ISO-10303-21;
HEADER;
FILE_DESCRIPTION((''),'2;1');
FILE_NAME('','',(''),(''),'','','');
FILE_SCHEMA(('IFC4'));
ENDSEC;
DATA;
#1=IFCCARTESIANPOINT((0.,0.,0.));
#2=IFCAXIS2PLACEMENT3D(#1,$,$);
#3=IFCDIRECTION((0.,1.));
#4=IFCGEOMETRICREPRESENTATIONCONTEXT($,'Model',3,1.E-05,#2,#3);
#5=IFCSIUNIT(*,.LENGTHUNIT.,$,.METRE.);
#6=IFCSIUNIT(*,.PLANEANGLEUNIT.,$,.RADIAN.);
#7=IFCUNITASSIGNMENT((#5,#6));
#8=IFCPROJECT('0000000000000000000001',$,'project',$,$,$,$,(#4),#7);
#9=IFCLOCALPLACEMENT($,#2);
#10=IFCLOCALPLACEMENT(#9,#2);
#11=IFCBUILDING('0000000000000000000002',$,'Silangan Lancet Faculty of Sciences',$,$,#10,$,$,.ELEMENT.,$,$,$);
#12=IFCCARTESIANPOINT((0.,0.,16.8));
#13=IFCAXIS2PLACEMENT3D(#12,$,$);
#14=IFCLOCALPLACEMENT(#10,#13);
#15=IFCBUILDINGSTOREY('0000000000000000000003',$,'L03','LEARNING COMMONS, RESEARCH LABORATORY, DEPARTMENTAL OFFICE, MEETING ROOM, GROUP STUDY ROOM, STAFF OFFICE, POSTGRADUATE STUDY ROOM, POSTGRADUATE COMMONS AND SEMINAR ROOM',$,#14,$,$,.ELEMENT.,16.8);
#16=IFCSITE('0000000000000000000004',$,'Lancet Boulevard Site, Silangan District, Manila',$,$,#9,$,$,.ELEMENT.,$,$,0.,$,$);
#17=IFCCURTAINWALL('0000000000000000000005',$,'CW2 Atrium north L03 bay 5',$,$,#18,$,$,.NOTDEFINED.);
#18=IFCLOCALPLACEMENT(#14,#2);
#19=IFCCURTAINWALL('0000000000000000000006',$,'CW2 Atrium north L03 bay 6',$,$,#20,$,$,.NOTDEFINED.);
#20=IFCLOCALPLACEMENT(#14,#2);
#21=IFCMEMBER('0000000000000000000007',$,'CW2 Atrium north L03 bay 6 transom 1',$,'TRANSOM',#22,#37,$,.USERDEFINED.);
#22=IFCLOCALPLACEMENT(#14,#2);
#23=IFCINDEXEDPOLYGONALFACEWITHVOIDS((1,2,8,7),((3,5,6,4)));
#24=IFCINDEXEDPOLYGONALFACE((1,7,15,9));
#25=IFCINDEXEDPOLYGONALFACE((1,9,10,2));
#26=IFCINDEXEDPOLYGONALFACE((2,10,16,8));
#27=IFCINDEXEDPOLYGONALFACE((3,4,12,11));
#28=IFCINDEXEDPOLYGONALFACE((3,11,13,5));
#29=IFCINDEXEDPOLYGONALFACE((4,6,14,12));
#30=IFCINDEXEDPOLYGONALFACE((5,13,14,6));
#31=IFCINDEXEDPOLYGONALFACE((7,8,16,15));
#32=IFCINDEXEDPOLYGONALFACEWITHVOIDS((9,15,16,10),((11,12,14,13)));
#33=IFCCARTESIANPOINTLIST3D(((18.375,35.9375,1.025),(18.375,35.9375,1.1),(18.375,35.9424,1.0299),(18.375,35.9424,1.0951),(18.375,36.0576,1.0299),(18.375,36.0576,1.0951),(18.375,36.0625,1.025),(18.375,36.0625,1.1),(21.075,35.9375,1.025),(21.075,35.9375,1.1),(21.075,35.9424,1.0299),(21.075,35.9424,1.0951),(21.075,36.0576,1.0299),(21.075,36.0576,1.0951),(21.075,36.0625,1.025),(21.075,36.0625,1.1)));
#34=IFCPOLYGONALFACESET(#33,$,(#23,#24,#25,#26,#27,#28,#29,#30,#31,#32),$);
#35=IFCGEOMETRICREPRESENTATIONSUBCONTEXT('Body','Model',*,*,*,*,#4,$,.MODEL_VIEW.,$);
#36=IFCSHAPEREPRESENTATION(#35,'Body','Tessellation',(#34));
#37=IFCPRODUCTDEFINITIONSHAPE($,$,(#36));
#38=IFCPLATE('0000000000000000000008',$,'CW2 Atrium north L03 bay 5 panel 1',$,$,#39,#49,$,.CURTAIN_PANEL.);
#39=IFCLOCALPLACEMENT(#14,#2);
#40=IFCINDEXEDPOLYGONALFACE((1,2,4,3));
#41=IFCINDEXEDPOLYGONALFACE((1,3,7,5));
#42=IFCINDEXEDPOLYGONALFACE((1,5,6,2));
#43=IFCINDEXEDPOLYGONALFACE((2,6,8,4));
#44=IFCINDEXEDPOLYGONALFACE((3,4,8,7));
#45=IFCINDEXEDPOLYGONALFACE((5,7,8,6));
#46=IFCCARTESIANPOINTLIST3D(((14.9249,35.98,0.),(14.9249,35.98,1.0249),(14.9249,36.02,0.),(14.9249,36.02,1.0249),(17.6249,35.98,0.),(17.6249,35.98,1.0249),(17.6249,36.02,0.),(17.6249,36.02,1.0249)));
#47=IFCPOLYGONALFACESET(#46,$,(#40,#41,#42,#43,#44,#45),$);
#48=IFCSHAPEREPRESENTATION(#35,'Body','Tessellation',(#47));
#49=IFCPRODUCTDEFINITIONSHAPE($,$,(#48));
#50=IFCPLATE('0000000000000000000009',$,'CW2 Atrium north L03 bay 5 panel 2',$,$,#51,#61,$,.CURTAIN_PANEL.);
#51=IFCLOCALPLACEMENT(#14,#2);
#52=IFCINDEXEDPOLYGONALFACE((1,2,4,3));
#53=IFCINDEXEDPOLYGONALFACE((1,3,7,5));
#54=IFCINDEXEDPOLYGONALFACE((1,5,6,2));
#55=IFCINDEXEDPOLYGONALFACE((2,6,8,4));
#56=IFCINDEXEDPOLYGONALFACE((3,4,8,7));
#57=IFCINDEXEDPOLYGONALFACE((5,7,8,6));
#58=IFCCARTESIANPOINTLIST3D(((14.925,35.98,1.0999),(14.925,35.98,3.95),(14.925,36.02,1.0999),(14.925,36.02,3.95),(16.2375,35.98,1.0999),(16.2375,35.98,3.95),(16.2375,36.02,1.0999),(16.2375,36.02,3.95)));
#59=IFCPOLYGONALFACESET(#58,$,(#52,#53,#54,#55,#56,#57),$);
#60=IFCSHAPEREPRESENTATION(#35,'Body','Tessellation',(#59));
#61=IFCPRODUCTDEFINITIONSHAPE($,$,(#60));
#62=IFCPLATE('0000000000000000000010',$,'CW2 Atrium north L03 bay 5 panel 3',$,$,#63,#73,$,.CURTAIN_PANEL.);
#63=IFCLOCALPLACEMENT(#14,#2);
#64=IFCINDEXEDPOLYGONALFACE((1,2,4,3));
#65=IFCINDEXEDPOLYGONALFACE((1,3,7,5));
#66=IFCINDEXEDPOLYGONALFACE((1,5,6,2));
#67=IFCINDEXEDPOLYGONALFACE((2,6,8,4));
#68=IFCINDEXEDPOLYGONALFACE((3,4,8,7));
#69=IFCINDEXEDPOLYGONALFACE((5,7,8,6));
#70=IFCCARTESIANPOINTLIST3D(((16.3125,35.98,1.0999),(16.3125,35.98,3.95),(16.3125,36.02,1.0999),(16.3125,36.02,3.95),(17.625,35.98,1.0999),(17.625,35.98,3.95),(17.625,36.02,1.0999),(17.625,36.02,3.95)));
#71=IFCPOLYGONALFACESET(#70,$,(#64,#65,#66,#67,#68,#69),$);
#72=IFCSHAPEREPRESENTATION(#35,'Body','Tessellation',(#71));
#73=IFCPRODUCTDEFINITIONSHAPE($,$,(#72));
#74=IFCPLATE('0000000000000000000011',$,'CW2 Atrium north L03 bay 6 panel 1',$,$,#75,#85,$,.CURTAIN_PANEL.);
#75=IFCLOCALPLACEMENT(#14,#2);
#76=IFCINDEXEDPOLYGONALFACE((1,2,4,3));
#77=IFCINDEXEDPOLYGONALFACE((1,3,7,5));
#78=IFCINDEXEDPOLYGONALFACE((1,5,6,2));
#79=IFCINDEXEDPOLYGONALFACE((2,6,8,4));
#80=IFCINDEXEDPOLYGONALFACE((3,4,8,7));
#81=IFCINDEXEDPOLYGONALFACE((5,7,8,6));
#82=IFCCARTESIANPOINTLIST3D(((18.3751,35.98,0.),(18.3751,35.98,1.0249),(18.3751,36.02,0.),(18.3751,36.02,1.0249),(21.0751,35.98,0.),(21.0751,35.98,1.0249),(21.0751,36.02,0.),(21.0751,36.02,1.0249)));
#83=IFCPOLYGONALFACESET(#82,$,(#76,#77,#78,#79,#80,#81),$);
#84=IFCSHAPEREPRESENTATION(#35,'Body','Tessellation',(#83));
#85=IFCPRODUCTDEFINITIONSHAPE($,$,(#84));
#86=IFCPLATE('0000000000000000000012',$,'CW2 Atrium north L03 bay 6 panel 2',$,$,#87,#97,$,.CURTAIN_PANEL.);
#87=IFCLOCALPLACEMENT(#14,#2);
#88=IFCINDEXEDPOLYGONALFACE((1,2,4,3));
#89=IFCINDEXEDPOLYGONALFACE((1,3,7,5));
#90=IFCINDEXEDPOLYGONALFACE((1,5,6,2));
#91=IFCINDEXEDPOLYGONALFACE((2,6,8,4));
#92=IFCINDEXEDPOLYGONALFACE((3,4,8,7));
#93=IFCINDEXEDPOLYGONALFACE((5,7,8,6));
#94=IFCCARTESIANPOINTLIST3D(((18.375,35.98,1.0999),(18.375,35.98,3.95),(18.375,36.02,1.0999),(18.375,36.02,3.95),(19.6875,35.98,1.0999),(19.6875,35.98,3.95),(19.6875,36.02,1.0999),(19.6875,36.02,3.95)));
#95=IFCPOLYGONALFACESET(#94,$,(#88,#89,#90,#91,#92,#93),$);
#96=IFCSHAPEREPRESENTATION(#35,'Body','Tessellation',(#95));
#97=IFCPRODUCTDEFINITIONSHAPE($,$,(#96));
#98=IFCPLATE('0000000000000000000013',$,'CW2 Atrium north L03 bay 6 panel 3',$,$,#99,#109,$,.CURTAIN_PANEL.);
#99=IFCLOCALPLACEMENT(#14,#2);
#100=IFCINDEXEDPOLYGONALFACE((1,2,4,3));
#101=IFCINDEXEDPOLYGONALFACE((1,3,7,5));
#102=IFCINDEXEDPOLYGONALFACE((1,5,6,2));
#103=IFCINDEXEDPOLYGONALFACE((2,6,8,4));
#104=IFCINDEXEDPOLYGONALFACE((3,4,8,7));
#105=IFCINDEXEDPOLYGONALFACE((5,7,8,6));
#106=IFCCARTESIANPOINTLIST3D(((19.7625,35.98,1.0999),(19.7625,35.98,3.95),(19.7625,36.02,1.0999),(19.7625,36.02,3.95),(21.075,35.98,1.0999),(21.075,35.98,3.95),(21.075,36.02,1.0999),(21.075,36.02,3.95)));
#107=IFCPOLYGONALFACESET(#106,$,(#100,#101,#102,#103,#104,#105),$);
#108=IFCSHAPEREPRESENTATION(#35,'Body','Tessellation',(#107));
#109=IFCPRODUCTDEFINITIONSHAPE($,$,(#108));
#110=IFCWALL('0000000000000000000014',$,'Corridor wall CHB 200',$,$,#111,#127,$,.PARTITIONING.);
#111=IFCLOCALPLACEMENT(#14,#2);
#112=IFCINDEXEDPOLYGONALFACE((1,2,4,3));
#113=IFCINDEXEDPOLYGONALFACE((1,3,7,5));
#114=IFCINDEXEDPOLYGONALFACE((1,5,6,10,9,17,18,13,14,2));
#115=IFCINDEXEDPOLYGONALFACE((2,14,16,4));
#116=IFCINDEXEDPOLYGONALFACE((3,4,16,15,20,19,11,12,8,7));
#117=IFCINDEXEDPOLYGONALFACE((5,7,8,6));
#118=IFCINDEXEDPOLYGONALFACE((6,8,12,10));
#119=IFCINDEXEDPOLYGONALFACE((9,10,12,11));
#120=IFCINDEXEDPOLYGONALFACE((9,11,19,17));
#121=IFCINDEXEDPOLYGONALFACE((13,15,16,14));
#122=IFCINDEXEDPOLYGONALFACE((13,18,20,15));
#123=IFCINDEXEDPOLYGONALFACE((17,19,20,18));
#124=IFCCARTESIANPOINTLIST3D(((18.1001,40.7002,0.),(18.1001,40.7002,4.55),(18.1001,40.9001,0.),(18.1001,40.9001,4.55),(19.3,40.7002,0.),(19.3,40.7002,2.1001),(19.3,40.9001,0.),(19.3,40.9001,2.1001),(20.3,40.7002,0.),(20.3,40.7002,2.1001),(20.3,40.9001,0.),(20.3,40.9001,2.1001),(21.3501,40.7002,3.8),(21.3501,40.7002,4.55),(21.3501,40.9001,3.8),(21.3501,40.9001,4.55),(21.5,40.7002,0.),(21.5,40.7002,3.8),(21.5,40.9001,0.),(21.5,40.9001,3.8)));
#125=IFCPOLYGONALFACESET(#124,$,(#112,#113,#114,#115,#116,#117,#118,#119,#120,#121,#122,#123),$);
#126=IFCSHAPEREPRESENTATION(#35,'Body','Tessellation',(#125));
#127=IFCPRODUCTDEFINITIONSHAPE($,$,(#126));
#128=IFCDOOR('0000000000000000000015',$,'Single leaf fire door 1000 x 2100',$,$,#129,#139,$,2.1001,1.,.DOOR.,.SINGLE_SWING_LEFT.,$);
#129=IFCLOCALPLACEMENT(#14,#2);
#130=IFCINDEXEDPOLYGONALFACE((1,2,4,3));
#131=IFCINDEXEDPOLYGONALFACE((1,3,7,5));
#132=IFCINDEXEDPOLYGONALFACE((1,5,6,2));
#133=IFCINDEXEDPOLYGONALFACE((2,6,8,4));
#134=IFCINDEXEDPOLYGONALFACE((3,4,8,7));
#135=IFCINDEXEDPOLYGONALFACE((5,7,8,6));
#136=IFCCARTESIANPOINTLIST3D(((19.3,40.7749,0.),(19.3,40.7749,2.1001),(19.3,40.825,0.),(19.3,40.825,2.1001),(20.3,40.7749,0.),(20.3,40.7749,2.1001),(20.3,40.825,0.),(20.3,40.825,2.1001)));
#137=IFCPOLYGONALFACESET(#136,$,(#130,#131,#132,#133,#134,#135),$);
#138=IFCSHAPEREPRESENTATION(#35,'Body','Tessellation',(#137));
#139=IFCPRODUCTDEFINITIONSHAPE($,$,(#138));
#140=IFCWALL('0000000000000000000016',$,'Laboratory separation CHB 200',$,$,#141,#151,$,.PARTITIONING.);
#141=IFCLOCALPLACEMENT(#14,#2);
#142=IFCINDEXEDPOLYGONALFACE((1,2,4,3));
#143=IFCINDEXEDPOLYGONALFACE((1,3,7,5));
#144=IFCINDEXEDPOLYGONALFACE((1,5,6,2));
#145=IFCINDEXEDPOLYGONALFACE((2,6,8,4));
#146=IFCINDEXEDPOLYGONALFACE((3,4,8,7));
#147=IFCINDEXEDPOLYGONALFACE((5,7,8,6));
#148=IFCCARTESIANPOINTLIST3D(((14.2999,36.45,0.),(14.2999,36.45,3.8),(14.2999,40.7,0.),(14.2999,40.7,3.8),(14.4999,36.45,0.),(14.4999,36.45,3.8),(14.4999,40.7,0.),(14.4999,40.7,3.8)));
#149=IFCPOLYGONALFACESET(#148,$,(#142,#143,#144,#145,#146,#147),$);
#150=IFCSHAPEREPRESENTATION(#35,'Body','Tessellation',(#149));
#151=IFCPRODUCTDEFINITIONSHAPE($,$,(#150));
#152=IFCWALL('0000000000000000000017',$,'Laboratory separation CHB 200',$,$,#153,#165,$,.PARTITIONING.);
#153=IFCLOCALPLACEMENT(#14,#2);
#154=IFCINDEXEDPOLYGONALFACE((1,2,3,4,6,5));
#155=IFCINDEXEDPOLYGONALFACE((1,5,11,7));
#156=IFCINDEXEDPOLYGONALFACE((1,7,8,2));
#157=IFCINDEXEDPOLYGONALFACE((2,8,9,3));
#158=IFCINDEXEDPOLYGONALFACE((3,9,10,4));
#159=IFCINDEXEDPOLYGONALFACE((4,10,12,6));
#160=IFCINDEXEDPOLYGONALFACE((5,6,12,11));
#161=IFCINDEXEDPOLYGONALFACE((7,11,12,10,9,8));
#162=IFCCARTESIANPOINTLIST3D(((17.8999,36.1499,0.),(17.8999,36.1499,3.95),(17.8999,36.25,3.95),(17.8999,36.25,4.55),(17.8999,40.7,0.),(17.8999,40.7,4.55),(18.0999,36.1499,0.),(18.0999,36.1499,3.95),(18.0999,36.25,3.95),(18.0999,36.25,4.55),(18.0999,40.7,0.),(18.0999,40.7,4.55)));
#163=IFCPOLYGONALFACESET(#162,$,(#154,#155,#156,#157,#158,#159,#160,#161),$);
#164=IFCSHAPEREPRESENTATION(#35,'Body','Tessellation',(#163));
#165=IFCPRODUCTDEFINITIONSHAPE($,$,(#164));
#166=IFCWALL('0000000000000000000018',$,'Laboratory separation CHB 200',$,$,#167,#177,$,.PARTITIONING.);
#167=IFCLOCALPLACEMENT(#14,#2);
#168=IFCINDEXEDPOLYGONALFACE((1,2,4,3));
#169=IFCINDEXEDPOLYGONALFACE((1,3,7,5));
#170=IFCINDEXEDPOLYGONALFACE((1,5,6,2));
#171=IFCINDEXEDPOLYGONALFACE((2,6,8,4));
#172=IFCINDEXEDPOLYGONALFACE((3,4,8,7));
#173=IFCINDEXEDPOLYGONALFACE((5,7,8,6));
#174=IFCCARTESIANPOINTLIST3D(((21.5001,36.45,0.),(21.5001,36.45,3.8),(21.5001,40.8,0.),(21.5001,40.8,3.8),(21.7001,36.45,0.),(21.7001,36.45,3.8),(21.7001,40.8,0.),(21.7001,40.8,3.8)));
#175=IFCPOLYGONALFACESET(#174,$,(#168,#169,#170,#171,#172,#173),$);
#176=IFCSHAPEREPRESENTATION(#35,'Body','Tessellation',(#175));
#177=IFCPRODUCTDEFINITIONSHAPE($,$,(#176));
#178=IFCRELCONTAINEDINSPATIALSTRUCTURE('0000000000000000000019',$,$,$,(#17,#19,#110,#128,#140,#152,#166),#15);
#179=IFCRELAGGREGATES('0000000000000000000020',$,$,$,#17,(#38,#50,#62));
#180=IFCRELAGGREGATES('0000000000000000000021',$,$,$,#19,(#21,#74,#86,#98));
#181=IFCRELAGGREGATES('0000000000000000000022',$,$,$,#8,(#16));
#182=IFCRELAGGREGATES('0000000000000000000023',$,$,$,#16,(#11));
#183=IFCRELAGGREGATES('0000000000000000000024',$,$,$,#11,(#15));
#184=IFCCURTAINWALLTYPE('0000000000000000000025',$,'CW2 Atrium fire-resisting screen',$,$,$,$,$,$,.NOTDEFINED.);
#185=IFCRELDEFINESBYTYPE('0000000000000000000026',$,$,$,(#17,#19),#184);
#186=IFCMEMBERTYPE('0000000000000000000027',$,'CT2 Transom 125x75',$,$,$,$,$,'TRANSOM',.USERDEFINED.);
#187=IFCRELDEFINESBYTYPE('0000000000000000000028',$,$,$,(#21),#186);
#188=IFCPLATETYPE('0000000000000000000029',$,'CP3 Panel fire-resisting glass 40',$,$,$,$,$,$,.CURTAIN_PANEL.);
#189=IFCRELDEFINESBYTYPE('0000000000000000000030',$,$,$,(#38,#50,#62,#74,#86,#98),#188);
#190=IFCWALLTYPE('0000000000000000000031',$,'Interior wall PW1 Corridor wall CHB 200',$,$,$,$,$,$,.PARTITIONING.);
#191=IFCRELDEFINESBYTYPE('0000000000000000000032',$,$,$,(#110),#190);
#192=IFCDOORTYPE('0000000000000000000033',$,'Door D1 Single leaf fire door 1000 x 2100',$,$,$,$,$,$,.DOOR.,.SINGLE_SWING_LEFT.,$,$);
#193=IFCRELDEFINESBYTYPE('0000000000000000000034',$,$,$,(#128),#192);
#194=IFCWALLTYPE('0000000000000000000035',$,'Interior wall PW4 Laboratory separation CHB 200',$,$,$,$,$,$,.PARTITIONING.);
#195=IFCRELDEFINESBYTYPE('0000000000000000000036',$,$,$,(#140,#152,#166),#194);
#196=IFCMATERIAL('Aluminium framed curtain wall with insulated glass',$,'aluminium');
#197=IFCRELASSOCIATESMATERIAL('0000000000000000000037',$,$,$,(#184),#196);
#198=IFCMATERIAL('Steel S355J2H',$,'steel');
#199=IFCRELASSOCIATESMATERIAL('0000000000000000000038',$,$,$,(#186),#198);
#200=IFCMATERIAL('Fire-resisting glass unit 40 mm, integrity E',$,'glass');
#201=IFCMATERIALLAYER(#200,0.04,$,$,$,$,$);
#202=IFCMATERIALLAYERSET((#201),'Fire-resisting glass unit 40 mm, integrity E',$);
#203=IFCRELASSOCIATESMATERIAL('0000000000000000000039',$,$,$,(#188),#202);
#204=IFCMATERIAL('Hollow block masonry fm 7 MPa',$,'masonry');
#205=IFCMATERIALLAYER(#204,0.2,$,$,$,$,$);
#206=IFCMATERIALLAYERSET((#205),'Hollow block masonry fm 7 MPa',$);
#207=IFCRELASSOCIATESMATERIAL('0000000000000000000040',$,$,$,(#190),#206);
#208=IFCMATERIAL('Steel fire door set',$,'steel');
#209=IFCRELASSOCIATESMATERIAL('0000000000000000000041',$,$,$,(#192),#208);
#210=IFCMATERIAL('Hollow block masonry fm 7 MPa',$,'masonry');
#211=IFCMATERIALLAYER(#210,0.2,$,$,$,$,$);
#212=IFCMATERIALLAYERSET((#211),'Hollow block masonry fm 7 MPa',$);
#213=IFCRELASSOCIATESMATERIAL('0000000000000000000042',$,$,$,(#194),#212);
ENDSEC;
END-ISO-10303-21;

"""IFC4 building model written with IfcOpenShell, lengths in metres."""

from ifc_helpers import new_model, si_unit, direction, frame, frame_2d, origin, origin_2d, place, context, subcontext, project, spatial, polyline, rectangle, hollow_rectangle, outline, extrude, material, layer, layer_set, material_profile, profile_set, type_object, element, fill, aggregate, save


model = new_model("IFC4")

# Units and contexts
model_context = context("Model", 3, precision=1e-05, world=origin(), true_north=direction((0.0, 1.0)))
body_context = subcontext(model_context, "Body", "Model", "MODEL_VIEW")
ifc_project = project(units=[si_unit("LENGTHUNIT", "METRE"), si_unit("PLANEANGLEUNIT", "RADIAN")], contexts=[model_context])

# Site, building, storey
site_placement = place(None, origin())
site = spatial("IfcSite", under=ifc_project, at=site_placement, Name="Lancet Boulevard Site, Silangan District, Manila", CompositionType="ELEMENT", RefElevation=0.0)
building_placement = place(site_placement, origin())
building = spatial("IfcBuilding", under=site, at=building_placement, Name="Silangan Lancet Faculty of Sciences", CompositionType="ELEMENT")
storey_placement = place(building_placement, frame((0.0, 0.0, 16.8)))
storey = spatial("IfcBuildingStorey", under=building, at=storey_placement, Name="L03", Description="LEARNING COMMONS, RESEARCH LABORATORY, DEPARTMENTAL OFFICE, MEETING ROOM, GROUP STUDY ROOM, STAFF OFFICE, POSTGRADUATE STUDY ROOM, POSTGRADUATE COMMONS AND SEMINAR ROOM", CompositionType="ELEMENT", Elevation=16.8)

# Curtain walls
ifc_material_1 = material(Name="Aluminium framed curtain wall with insulated glass", Category="aluminium")
curtain_wall_type = type_object("IfcCurtainWallType", Name="CW2 Atrium fire-resisting screen", PredefinedType="NOTDEFINED", material=ifc_material_1)
curtain_wall_1_placement = place(storey_placement, origin())
curtain_wall_1 = element("IfcCurtainWall", 1, at=curtain_wall_1_placement, inside=storey, type_object=curtain_wall_type, Name="CW2 Atrium north L03 bay 5", PredefinedType="NOTDEFINED")
curtain_wall_2_placement = place(storey_placement, origin())
curtain_wall_2 = element("IfcCurtainWall", 2, at=curtain_wall_2_placement, inside=storey, type_object=curtain_wall_type, Name="CW2 Atrium north L03 bay 6", PredefinedType="NOTDEFINED")

# Member
ifc_material_2 = material(Name="Steel S355J2H", Category="steel")
ifc_material_profile_1 = material_profile(ifc_material_2, hollow_rectangle(XDim=0.125, YDim=0.075, WallThickness=0.0049, at=origin_2d()), Name="ST BOX 125x75x5")
ifc_profile_set_1 = profile_set([ifc_material_profile_1], Name="Steel S355J2H")
member_type_1 = type_object("IfcMemberType", Name="CT2 Transom 125x75", ElementType="TRANSOM", PredefinedType="USERDEFINED", material=ifc_profile_set_1)
member_1_placement = place(storey_placement, frame((18.375, 36.0, 1.0625), z_axis=(1.0, 0.0, 0.0), x_axis=(0.0, 1.0, 0.0)))
member_1 = element("IfcMember", 3, at=member_1_placement, type_object=member_type_1, Name="CW2 Atrium north L03 bay 6 transom 1", ObjectType="TRANSOM", PredefinedType="USERDEFINED", context=body_context, shape_type="SweptSolid", body=[
    extrude(hollow_rectangle(XDim=0.125, YDim=0.075, WallThickness=0.0049, at=origin_2d()), origin(), (0.0, 0.0, 1.0), 2.7),
])

# Plates
ifc_material_3 = material(Name="Fire-resisting glass unit 40 mm, integrity E", Category="glass")
ifc_layer_1 = layer(ifc_material_3, 0.04)
ifc_layer_set_1 = layer_set([ifc_layer_1], Name="Fire-resisting glass unit 40 mm, integrity E")
plate_type = type_object("IfcPlateType", Name="CP3 Panel fire-resisting glass 40", PredefinedType="CURTAIN_PANEL", material=ifc_layer_set_1)
plate_1_placement = place(storey_placement, frame((16.2749, 36.0, 0.0), z_axis=(0.0, 0.0, 1.0), x_axis=(1.0, 0.0, 0.0)))
plate_1 = element("IfcPlate", 4, at=plate_1_placement, type_object=plate_type, Name="CW2 Atrium north L03 bay 5 panel 1", PredefinedType="CURTAIN_PANEL", context=body_context, shape_type="SweptSolid", body=[
    extrude(rectangle(XDim=2.7, YDim=0.04, at=origin_2d()), origin(), (0.0, 0.0, 1.0), 1.0249),
])
plate_2_placement = place(storey_placement, frame((15.5813, 36.0, 1.0999), z_axis=(0.0, 0.0, 1.0), x_axis=(1.0, 0.0, 0.0)))
plate_2 = element("IfcPlate", 5, at=plate_2_placement, type_object=plate_type, Name="CW2 Atrium north L03 bay 5 panel 2", PredefinedType="CURTAIN_PANEL", context=body_context, shape_type="SweptSolid", body=[
    extrude(rectangle(XDim=1.3125, YDim=0.04, at=origin_2d()), origin(), (0.0, 0.0, 1.0), 2.8501),
])
plate_3_placement = place(storey_placement, frame((16.9688, 36.0, 1.0999), z_axis=(0.0, 0.0, 1.0), x_axis=(1.0, 0.0, 0.0)))
plate_3 = element("IfcPlate", 6, at=plate_3_placement, type_object=plate_type, Name="CW2 Atrium north L03 bay 5 panel 3", PredefinedType="CURTAIN_PANEL", context=body_context, shape_type="SweptSolid", body=[
    extrude(rectangle(XDim=1.3125, YDim=0.04, at=origin_2d()), origin(), (0.0, 0.0, 1.0), 2.8501),
])
aggregate(curtain_wall_1, [plate_1, plate_2, plate_3])
plate_4_placement = place(storey_placement, frame((19.7251, 36.0, 0.0), z_axis=(0.0, 0.0, 1.0), x_axis=(1.0, 0.0, 0.0)))
plate_4 = element("IfcPlate", 7, at=plate_4_placement, type_object=plate_type, Name="CW2 Atrium north L03 bay 6 panel 1", PredefinedType="CURTAIN_PANEL", context=body_context, shape_type="SweptSolid", body=[
    extrude(rectangle(XDim=2.7, YDim=0.04, at=origin_2d()), origin(), (0.0, 0.0, 1.0), 1.0249),
])
plate_5_placement = place(storey_placement, frame((19.0312, 36.0, 1.0999), z_axis=(0.0, 0.0, 1.0), x_axis=(1.0, 0.0, 0.0)))
plate_5 = element("IfcPlate", 8, at=plate_5_placement, type_object=plate_type, Name="CW2 Atrium north L03 bay 6 panel 2", PredefinedType="CURTAIN_PANEL", context=body_context, shape_type="SweptSolid", body=[
    extrude(rectangle(XDim=1.3125, YDim=0.04, at=origin_2d()), origin(), (0.0, 0.0, 1.0), 2.8501),
])
plate_6_placement = place(storey_placement, frame((20.4187, 36.0, 1.0999), z_axis=(0.0, 0.0, 1.0), x_axis=(1.0, 0.0, 0.0)))
plate_6 = element("IfcPlate", 9, at=plate_6_placement, type_object=plate_type, Name="CW2 Atrium north L03 bay 6 panel 3", PredefinedType="CURTAIN_PANEL", context=body_context, shape_type="SweptSolid", body=[
    extrude(rectangle(XDim=1.3125, YDim=0.04, at=origin_2d()), origin(), (0.0, 0.0, 1.0), 2.8501),
])
aggregate(curtain_wall_2, [member_1, plate_4, plate_5, plate_6])

# Wall, opening, door
ifc_material_4 = material(Name="Hollow block masonry fm 7 MPa", Category="masonry")
ifc_layer_2 = layer(ifc_material_4, 0.2)
ifc_layer_set_2 = layer_set([ifc_layer_2], Name="Hollow block masonry fm 7 MPa")
wall_type_1 = type_object("IfcWallType", Name="Interior wall PW1 Corridor wall CHB 200", PredefinedType="PARTITIONING", material=ifc_layer_set_2)
wall_1_placement = place(storey_placement, frame((18.1001, 40.8, 0.0), z_axis=(0.0, 0.0, 1.0), x_axis=(1.0, 0.0, 0.0)))
wall_1 = element("IfcWall", 10, at=wall_1_placement, inside=storey, type_object=wall_type_1, Name="Corridor wall CHB 200", PredefinedType="PARTITIONING", context=body_context, shape_type="SweptSolid", body=[
    extrude(outline(polyline([(0.0, 0.0), (3.3999, 0.0), (3.3999, 3.8), (3.25, 3.8), (3.25, 4.55), (0.0, 4.55), (0.0, 0.0)])), frame((0.0, 0.1001, 0.0), z_axis=(0.0, -1.0, 0.0), x_axis=(1.0, 0.0, 0.0)), (0.0, 0.0, 1.0), 0.2),
])
opening_placement = place(wall_1_placement, frame((1.2, 0.0, 0.0)))
opening = element("IfcOpeningElement", 11, at=opening_placement, cuts=wall_1, PredefinedType="OPENING", context=body_context, shape_type="SweptSolid", body=[
    extrude(rectangle(XDim=1.0, YDim=2.1001, at=frame_2d((0.5, 1.05))), frame((0.0, 0.1099, 0.0), z_axis=(0.0, -1.0, 0.0), x_axis=(1.0, 0.0, 0.0)), (0.0, 0.0, 1.0), 0.22),
])
ifc_material_5 = material(Name="Steel fire door set", Category="steel")
door_type = type_object("IfcDoorType", Name="Door D1 Single leaf fire door 1000 x 2100", OperationType="SINGLE_SWING_LEFT", PredefinedType="DOOR", material=ifc_material_5)
door_placement = place(opening_placement, frame((1.0, 0.0, 0.0), z_axis=(0.0, 0.0, 1.0), x_axis=(-1.0, 0.0, 0.0)))
door = element("IfcDoor", 12, at=door_placement, inside=storey, type_object=door_type, Name="Single leaf fire door 1000 x 2100", OperationType="SINGLE_SWING_LEFT", OverallHeight=2.1001, OverallWidth=1.0, PredefinedType="DOOR", context=body_context, shape_type="SweptSolid", body=[
    extrude(rectangle(XDim=1.0, YDim=2.1001, at=frame_2d((0.5, 1.05))), frame((0.0, 0.0251, 0.0), z_axis=(0.0, -1.0, 0.0), x_axis=(1.0, 0.0, 0.0)), (0.0, 0.0, 1.0), 0.05),
])
fill(opening, door)

# Walls
ifc_material_6 = material(Name="Hollow block masonry fm 7 MPa", Category="masonry")
ifc_layer_3 = layer(ifc_material_6, 0.2)
ifc_layer_set_3 = layer_set([ifc_layer_3], Name="Hollow block masonry fm 7 MPa")
wall_type_2 = type_object("IfcWallType", Name="Interior wall PW4 Laboratory separation CHB 200", PredefinedType="PARTITIONING", material=ifc_layer_set_3)
wall_2_placement = place(storey_placement, frame((14.3999, 36.45, 0.0), z_axis=(0.0, 0.0, 1.0), x_axis=(0.0, 1.0, 0.0)))
element("IfcWall", 13, at=wall_2_placement, inside=storey, type_object=wall_type_2, Name="Laboratory separation CHB 200", PredefinedType="PARTITIONING", context=body_context, shape_type="SweptSolid", body=[
    extrude(rectangle(XDim=4.25, YDim=0.2, at=frame_2d((2.125, 0.0))), origin(), (0.0, 0.0, 1.0), 3.8),
])
wall_3_placement = place(storey_placement, frame((18.0, 36.1499, 0.0), z_axis=(0.0, 0.0, 1.0), x_axis=(0.0, 1.0, 0.0)))
element("IfcWall", 14, at=wall_3_placement, inside=storey, type_object=wall_type_2, Name="Laboratory separation CHB 200", PredefinedType="PARTITIONING", context=body_context, shape_type="SweptSolid", body=[
    extrude(outline(polyline([(0.0, 0.0), (4.55, 0.0), (4.55, 4.55), (0.1001, 4.55), (0.1001, 3.95), (0.0, 3.95), (0.0, 0.0)])), frame((0.0, 0.1001, 0.0), z_axis=(0.0, -1.0, 0.0), x_axis=(1.0, 0.0, 0.0)), (0.0, 0.0, 1.0), 0.2),
])
wall_4_placement = place(storey_placement, frame((21.6001, 36.45, 0.0), z_axis=(0.0, 0.0, 1.0), x_axis=(0.0, 1.0, 0.0)))
element("IfcWall", 15, at=wall_4_placement, inside=storey, type_object=wall_type_2, Name="Laboratory separation CHB 200", PredefinedType="PARTITIONING", context=body_context, shape_type="SweptSolid", body=[
    extrude(rectangle(XDim=4.3501, YDim=0.2, at=frame_2d((2.175, 0.0))), origin(), (0.0, 0.0, 1.0), 3.8),
])

save(model, "model.ifc")
